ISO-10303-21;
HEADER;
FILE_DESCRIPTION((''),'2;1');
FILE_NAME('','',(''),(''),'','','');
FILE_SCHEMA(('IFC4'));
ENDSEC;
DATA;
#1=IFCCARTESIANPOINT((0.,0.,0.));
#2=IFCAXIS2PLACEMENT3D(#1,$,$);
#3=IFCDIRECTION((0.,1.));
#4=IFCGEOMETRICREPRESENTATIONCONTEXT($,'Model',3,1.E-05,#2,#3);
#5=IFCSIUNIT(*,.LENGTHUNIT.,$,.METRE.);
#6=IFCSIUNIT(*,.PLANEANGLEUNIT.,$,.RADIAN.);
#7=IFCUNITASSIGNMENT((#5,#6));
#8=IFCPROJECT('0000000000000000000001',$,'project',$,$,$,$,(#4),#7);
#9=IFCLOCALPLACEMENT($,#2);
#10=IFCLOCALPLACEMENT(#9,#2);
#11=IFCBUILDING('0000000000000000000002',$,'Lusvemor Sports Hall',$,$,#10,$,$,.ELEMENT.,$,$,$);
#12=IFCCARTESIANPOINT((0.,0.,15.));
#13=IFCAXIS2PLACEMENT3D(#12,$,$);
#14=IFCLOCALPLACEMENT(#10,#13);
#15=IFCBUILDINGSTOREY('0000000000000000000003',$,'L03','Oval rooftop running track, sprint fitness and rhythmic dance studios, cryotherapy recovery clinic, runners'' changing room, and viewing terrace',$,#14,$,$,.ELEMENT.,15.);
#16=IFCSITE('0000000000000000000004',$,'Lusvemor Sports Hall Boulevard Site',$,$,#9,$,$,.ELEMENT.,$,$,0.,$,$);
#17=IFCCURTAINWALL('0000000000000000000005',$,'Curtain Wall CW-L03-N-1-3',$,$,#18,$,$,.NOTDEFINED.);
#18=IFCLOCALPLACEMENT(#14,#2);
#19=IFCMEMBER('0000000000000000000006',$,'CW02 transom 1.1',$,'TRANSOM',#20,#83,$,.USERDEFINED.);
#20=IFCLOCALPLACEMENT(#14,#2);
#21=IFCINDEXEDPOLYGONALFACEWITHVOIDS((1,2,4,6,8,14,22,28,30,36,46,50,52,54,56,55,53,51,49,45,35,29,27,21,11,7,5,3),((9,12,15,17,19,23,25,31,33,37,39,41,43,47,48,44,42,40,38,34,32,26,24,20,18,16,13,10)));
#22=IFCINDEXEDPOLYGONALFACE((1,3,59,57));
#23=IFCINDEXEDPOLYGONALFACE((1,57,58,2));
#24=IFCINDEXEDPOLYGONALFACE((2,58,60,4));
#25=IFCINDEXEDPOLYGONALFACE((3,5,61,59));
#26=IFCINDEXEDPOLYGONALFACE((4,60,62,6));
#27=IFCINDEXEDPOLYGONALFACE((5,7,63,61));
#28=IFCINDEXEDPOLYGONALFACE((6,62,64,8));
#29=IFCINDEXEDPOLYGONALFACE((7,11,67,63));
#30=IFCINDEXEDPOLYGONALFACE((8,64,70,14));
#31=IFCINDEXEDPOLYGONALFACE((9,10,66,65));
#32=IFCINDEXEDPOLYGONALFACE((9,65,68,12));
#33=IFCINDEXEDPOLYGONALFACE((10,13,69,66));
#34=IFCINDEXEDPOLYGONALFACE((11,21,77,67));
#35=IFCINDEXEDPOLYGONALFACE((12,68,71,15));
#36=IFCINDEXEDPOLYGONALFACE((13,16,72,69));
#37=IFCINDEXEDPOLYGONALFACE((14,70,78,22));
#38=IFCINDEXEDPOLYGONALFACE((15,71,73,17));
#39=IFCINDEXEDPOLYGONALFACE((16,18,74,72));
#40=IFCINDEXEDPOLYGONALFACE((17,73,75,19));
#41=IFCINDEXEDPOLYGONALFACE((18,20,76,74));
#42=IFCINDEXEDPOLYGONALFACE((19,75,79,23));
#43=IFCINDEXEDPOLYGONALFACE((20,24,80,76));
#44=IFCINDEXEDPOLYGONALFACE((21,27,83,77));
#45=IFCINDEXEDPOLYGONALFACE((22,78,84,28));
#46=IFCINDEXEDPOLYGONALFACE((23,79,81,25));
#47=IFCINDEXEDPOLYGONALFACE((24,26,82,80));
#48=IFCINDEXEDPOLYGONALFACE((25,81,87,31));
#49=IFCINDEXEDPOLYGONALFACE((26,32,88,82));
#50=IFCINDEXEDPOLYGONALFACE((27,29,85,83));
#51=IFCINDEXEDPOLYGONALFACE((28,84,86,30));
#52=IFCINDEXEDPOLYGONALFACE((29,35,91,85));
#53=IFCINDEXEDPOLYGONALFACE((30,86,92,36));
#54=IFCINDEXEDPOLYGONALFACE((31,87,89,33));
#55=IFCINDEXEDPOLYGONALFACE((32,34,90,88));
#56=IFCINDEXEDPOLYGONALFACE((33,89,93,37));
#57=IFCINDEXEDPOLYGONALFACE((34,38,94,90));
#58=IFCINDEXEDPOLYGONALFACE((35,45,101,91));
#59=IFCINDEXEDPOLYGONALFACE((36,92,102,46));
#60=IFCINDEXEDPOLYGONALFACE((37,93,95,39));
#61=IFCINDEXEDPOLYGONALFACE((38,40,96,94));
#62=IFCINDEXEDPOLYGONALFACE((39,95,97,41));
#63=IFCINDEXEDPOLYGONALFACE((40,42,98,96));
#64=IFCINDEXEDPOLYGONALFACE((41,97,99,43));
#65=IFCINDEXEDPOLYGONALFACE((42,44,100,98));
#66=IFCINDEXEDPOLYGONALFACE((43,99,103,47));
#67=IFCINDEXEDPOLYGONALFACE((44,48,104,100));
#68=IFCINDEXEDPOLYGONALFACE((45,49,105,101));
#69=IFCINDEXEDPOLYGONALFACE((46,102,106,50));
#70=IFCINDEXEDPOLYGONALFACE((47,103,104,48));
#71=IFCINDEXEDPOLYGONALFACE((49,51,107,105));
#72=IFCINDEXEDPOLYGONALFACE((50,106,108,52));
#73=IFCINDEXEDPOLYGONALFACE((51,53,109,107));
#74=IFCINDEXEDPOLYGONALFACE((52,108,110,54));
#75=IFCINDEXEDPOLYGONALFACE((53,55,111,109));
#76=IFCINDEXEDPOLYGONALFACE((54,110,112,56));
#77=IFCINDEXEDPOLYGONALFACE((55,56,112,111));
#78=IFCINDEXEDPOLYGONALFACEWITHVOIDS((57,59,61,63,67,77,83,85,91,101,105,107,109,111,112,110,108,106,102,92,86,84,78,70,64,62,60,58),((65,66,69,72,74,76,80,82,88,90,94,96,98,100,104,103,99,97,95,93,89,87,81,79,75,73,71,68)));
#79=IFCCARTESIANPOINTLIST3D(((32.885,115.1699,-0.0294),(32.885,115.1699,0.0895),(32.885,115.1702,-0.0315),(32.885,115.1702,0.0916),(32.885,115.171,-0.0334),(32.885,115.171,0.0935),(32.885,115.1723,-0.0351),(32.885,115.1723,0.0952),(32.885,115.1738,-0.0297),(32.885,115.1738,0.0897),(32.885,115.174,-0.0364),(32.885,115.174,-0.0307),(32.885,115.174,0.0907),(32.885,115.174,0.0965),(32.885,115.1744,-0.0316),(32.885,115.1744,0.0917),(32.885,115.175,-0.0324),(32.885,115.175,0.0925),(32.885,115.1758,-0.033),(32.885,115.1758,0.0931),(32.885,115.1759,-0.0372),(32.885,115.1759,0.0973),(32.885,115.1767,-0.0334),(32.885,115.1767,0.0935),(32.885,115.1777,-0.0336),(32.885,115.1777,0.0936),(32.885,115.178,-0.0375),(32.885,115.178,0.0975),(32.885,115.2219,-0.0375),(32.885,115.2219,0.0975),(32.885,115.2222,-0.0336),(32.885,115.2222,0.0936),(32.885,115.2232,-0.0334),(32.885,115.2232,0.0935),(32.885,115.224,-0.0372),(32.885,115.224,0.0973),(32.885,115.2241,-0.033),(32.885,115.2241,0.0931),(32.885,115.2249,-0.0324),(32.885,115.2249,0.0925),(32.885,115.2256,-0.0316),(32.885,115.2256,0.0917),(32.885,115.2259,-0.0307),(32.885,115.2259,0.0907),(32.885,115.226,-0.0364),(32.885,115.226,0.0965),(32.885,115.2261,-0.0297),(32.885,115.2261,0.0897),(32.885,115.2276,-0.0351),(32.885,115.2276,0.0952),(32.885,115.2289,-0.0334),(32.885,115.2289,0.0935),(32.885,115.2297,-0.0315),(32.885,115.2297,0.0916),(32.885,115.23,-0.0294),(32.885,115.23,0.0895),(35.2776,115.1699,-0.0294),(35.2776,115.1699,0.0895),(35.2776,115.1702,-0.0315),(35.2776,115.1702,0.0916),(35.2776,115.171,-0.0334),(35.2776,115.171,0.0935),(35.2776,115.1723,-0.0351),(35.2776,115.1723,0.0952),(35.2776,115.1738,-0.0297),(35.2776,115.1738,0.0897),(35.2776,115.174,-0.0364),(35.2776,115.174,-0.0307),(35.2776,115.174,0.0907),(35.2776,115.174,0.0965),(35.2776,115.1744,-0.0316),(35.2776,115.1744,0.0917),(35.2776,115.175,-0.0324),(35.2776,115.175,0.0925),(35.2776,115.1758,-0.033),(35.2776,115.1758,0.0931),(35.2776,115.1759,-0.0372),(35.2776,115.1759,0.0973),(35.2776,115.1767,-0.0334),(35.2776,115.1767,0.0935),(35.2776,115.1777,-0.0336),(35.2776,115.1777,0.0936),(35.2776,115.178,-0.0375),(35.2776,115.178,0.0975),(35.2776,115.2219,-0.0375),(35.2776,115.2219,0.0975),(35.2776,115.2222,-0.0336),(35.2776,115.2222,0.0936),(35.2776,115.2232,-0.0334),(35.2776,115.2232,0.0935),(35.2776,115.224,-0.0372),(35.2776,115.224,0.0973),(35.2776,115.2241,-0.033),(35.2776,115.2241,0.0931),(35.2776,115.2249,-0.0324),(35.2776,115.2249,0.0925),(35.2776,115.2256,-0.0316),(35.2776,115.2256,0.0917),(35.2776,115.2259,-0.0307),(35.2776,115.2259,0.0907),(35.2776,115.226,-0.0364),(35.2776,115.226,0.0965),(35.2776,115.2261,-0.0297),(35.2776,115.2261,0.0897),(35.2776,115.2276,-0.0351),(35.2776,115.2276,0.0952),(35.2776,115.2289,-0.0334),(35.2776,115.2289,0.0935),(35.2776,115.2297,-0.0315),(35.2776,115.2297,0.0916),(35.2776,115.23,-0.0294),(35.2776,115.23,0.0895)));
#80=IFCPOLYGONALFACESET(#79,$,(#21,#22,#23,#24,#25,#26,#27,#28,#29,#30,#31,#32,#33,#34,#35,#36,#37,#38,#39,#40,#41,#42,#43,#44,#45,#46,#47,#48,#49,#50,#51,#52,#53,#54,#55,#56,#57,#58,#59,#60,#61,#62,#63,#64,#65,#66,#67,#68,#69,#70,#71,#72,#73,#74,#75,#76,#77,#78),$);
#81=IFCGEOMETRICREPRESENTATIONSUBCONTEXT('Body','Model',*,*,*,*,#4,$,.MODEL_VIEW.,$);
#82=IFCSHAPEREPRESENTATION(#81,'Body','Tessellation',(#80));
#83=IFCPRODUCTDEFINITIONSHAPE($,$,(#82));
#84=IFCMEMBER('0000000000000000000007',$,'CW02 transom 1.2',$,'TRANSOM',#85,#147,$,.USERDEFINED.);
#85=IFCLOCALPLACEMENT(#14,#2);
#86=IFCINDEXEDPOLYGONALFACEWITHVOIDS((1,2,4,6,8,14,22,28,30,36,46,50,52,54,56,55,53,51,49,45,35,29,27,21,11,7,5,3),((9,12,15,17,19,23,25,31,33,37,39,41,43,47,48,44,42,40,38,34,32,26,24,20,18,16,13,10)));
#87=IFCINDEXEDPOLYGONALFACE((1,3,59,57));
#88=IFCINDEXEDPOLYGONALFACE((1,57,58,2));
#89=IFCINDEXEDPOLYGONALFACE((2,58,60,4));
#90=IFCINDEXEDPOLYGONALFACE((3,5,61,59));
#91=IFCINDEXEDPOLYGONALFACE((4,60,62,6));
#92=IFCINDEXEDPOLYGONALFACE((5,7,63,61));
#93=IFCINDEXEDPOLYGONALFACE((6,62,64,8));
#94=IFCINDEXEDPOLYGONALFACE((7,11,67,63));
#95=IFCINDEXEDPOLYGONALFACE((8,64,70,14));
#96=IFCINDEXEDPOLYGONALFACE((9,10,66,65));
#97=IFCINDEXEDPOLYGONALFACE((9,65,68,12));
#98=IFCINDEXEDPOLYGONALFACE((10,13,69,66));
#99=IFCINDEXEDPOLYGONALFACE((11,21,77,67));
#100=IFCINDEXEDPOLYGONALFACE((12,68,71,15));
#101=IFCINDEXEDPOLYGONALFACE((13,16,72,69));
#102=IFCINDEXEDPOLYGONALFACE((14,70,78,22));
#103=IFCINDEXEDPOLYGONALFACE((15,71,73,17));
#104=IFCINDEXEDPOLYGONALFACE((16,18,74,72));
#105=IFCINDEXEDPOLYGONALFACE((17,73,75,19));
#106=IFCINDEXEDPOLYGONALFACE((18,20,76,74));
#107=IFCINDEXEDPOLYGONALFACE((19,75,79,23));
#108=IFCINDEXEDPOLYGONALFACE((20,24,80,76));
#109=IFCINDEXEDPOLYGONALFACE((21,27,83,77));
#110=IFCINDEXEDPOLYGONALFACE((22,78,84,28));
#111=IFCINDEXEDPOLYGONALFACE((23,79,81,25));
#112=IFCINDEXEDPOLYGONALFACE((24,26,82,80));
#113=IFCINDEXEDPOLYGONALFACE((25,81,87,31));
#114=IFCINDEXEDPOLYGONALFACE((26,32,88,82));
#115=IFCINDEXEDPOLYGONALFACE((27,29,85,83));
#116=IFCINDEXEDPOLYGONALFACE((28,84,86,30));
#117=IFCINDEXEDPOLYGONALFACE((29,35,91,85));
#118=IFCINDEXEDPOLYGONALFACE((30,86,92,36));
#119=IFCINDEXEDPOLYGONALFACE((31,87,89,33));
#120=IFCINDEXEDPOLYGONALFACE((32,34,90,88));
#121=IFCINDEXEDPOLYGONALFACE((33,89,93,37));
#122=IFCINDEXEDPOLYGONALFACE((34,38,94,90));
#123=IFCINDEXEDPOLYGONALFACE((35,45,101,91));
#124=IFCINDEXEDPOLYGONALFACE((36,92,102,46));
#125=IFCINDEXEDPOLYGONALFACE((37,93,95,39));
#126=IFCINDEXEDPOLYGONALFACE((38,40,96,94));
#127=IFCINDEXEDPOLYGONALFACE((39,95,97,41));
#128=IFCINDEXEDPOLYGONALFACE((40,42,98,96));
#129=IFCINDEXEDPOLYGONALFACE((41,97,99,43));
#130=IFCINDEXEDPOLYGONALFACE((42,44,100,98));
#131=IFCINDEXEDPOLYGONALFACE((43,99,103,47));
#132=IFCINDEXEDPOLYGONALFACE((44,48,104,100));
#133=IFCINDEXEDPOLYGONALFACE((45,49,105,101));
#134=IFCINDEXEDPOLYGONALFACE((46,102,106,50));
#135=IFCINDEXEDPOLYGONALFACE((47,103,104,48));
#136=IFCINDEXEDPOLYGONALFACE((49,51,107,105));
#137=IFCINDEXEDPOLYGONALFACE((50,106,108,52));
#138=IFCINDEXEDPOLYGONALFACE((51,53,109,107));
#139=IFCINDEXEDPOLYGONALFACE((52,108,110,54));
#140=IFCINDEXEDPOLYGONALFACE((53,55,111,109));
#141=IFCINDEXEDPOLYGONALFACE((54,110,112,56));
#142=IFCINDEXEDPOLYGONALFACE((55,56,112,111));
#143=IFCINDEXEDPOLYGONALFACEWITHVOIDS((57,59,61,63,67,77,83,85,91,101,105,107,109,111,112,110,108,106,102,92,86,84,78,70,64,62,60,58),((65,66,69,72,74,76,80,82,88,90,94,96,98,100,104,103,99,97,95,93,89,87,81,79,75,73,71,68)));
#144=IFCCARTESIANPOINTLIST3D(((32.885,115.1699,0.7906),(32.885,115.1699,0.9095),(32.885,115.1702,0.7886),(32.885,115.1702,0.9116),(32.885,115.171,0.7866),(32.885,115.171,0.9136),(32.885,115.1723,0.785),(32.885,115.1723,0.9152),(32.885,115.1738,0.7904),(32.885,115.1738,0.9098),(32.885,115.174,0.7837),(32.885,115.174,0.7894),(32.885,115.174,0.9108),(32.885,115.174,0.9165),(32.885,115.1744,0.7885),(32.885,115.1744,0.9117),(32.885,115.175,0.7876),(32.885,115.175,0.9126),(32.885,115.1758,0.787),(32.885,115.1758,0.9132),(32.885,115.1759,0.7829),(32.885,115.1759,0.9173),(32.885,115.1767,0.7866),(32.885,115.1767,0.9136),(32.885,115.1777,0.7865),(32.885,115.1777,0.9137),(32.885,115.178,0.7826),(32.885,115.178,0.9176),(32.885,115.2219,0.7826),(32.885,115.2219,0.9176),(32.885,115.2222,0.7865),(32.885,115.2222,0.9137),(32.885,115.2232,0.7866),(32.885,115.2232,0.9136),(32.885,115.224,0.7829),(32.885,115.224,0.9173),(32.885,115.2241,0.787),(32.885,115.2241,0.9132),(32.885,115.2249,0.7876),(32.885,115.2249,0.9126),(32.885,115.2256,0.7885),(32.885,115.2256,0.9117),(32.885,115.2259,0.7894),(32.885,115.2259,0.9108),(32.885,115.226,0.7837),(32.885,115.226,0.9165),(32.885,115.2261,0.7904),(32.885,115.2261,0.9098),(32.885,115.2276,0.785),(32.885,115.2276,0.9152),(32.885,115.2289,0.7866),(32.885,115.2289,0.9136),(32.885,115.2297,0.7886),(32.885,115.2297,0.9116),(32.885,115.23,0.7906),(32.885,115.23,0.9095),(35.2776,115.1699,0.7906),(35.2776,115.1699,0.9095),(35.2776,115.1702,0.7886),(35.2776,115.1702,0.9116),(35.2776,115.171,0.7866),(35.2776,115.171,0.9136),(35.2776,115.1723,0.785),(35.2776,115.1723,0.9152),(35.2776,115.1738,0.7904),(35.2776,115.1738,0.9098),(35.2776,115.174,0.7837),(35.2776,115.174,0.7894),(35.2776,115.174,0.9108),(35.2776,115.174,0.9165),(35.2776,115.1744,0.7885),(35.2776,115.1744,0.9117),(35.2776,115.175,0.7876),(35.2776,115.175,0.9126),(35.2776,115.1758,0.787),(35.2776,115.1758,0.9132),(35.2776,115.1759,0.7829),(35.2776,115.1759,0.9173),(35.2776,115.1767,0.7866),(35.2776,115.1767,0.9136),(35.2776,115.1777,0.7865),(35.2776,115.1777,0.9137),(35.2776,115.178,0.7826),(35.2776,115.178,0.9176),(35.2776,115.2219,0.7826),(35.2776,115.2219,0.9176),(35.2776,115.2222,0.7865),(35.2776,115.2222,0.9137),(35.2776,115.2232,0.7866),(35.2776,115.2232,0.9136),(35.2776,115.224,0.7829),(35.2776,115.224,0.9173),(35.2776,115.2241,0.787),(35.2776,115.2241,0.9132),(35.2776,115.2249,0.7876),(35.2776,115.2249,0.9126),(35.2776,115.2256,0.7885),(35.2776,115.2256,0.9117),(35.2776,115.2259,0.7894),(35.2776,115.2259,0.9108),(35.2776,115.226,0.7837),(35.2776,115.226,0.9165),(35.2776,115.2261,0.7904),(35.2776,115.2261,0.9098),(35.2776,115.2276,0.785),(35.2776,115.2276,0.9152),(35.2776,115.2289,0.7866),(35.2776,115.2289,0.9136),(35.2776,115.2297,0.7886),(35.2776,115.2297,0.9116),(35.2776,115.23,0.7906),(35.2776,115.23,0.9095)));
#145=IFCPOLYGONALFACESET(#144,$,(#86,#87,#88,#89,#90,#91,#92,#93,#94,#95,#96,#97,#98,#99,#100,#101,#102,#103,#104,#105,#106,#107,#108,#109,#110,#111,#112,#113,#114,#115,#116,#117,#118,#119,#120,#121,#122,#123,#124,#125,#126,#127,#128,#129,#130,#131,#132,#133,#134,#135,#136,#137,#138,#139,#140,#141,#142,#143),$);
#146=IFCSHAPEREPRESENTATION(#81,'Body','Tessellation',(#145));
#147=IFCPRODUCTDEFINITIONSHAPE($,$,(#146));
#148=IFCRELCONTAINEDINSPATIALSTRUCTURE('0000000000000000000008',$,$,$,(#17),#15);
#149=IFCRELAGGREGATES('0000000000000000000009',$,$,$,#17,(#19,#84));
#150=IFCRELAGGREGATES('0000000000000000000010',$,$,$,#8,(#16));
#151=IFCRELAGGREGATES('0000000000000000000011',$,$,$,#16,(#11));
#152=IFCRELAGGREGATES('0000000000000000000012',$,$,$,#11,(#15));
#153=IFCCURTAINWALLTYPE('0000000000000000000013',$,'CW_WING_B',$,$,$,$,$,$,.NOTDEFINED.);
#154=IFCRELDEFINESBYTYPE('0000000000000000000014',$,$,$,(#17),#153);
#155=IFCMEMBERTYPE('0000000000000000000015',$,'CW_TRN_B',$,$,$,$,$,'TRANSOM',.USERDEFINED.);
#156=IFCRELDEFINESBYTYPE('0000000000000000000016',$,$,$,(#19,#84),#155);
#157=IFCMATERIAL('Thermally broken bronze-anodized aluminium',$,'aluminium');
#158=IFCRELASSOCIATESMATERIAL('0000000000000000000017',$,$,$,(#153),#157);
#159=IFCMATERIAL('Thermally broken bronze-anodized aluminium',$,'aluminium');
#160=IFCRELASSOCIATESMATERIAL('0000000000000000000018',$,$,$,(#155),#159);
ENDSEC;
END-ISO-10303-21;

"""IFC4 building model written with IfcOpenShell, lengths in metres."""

from ifc_helpers import new_model, si_unit, direction, frame, origin, origin_2d, place, context, subcontext, project, spatial, hollow_rectangle, extrude, material, material_profile, profile_set, type_object, element, aggregate, save


model = new_model("IFC4")

# Units and contexts
model_context = context("Model", 3, precision=1e-05, world=origin(), true_north=direction((0.0, 1.0)))
body_context = subcontext(model_context, "Body", "Model", "MODEL_VIEW")
ifc_project = project(units=[si_unit("LENGTHUNIT", "METRE"), si_unit("PLANEANGLEUNIT", "RADIAN")], contexts=[model_context])

# Site, building, storey
site_placement = place(None, origin())
site = spatial("IfcSite", under=ifc_project, at=site_placement, Name="Lusvemor Sports Hall Boulevard Site", CompositionType="ELEMENT", RefElevation=0.0)
building_placement = place(site_placement, origin())
building = spatial("IfcBuilding", under=site, at=building_placement, Name="Lusvemor Sports Hall", CompositionType="ELEMENT")
storey_placement = place(building_placement, frame((0.0, 0.0, 15.0)))
storey = spatial("IfcBuildingStorey", under=building, at=storey_placement, Name="L03", Description="Oval rooftop running track, sprint fitness and rhythmic dance studios, cryotherapy recovery clinic, runners' changing room, and viewing terrace", CompositionType="ELEMENT", Elevation=15.0)

# Curtain wall, members
ifc_material_1 = material(Name="Thermally broken bronze-anodized aluminium", Category="aluminium")
curtain_wall_type = type_object("IfcCurtainWallType", Name="CW_WING_B", PredefinedType="NOTDEFINED", material=ifc_material_1)
curtain_wall_1_placement = place(storey_placement, origin())
curtain_wall_1 = element("IfcCurtainWall", 1, at=curtain_wall_1_placement, inside=storey, type_object=curtain_wall_type, Name="Curtain Wall CW-L03-N-1-3", PredefinedType="NOTDEFINED")
ifc_material_2 = material(Name="Thermally broken bronze-anodized aluminium", Category="aluminium")
ifc_material_profile_1 = material_profile(ifc_material_2, hollow_rectangle(XDim=0.0601, YDim=0.135, WallThickness=0.0039, InnerFilletRadius=0.0039, OuterFilletRadius=0.0081, at=origin_2d()), Name="CWTRN135x60x4")
ifc_profile_set_1 = profile_set([ifc_material_profile_1], Name="Thermally broken bronze-anodized aluminium")
member_type_1 = type_object("IfcMemberType", Name="CW_TRN_B", ElementType="TRANSOM", PredefinedType="USERDEFINED", material=ifc_profile_set_1)
member_1_placement = place(storey_placement, frame((32.885, 115.2, 0.03), z_axis=(1.0, 0.0, 0.0), x_axis=(0.0, 1.0, 0.0)))
member_1 = element("IfcMember", 2, at=member_1_placement, type_object=member_type_1, Name="CW02 transom 1.1", ObjectType="TRANSOM", PredefinedType="USERDEFINED", context=body_context, shape_type="SweptSolid", body=[
    extrude(hollow_rectangle(XDim=0.0601, YDim=0.135, WallThickness=0.0039, InnerFilletRadius=0.0039, OuterFilletRadius=0.0081, at=origin_2d()), origin(), (0.0, 0.0, 1.0), 2.3926),
])
member_2_placement = place(storey_placement, frame((32.885, 115.2, 0.8501), z_axis=(1.0, 0.0, 0.0), x_axis=(0.0, 1.0, 0.0)))
member_2 = element("IfcMember", 3, at=member_2_placement, type_object=member_type_1, Name="CW02 transom 1.2", ObjectType="TRANSOM", PredefinedType="USERDEFINED", context=body_context, shape_type="SweptSolid", body=[
    extrude(hollow_rectangle(XDim=0.0601, YDim=0.135, WallThickness=0.0039, InnerFilletRadius=0.0039, OuterFilletRadius=0.0081, at=origin_2d()), origin(), (0.0, 0.0, 1.0), 2.3926),
])

aggregate(curtain_wall_1, [member_1, member_2])

save(model, "model.ifc")
